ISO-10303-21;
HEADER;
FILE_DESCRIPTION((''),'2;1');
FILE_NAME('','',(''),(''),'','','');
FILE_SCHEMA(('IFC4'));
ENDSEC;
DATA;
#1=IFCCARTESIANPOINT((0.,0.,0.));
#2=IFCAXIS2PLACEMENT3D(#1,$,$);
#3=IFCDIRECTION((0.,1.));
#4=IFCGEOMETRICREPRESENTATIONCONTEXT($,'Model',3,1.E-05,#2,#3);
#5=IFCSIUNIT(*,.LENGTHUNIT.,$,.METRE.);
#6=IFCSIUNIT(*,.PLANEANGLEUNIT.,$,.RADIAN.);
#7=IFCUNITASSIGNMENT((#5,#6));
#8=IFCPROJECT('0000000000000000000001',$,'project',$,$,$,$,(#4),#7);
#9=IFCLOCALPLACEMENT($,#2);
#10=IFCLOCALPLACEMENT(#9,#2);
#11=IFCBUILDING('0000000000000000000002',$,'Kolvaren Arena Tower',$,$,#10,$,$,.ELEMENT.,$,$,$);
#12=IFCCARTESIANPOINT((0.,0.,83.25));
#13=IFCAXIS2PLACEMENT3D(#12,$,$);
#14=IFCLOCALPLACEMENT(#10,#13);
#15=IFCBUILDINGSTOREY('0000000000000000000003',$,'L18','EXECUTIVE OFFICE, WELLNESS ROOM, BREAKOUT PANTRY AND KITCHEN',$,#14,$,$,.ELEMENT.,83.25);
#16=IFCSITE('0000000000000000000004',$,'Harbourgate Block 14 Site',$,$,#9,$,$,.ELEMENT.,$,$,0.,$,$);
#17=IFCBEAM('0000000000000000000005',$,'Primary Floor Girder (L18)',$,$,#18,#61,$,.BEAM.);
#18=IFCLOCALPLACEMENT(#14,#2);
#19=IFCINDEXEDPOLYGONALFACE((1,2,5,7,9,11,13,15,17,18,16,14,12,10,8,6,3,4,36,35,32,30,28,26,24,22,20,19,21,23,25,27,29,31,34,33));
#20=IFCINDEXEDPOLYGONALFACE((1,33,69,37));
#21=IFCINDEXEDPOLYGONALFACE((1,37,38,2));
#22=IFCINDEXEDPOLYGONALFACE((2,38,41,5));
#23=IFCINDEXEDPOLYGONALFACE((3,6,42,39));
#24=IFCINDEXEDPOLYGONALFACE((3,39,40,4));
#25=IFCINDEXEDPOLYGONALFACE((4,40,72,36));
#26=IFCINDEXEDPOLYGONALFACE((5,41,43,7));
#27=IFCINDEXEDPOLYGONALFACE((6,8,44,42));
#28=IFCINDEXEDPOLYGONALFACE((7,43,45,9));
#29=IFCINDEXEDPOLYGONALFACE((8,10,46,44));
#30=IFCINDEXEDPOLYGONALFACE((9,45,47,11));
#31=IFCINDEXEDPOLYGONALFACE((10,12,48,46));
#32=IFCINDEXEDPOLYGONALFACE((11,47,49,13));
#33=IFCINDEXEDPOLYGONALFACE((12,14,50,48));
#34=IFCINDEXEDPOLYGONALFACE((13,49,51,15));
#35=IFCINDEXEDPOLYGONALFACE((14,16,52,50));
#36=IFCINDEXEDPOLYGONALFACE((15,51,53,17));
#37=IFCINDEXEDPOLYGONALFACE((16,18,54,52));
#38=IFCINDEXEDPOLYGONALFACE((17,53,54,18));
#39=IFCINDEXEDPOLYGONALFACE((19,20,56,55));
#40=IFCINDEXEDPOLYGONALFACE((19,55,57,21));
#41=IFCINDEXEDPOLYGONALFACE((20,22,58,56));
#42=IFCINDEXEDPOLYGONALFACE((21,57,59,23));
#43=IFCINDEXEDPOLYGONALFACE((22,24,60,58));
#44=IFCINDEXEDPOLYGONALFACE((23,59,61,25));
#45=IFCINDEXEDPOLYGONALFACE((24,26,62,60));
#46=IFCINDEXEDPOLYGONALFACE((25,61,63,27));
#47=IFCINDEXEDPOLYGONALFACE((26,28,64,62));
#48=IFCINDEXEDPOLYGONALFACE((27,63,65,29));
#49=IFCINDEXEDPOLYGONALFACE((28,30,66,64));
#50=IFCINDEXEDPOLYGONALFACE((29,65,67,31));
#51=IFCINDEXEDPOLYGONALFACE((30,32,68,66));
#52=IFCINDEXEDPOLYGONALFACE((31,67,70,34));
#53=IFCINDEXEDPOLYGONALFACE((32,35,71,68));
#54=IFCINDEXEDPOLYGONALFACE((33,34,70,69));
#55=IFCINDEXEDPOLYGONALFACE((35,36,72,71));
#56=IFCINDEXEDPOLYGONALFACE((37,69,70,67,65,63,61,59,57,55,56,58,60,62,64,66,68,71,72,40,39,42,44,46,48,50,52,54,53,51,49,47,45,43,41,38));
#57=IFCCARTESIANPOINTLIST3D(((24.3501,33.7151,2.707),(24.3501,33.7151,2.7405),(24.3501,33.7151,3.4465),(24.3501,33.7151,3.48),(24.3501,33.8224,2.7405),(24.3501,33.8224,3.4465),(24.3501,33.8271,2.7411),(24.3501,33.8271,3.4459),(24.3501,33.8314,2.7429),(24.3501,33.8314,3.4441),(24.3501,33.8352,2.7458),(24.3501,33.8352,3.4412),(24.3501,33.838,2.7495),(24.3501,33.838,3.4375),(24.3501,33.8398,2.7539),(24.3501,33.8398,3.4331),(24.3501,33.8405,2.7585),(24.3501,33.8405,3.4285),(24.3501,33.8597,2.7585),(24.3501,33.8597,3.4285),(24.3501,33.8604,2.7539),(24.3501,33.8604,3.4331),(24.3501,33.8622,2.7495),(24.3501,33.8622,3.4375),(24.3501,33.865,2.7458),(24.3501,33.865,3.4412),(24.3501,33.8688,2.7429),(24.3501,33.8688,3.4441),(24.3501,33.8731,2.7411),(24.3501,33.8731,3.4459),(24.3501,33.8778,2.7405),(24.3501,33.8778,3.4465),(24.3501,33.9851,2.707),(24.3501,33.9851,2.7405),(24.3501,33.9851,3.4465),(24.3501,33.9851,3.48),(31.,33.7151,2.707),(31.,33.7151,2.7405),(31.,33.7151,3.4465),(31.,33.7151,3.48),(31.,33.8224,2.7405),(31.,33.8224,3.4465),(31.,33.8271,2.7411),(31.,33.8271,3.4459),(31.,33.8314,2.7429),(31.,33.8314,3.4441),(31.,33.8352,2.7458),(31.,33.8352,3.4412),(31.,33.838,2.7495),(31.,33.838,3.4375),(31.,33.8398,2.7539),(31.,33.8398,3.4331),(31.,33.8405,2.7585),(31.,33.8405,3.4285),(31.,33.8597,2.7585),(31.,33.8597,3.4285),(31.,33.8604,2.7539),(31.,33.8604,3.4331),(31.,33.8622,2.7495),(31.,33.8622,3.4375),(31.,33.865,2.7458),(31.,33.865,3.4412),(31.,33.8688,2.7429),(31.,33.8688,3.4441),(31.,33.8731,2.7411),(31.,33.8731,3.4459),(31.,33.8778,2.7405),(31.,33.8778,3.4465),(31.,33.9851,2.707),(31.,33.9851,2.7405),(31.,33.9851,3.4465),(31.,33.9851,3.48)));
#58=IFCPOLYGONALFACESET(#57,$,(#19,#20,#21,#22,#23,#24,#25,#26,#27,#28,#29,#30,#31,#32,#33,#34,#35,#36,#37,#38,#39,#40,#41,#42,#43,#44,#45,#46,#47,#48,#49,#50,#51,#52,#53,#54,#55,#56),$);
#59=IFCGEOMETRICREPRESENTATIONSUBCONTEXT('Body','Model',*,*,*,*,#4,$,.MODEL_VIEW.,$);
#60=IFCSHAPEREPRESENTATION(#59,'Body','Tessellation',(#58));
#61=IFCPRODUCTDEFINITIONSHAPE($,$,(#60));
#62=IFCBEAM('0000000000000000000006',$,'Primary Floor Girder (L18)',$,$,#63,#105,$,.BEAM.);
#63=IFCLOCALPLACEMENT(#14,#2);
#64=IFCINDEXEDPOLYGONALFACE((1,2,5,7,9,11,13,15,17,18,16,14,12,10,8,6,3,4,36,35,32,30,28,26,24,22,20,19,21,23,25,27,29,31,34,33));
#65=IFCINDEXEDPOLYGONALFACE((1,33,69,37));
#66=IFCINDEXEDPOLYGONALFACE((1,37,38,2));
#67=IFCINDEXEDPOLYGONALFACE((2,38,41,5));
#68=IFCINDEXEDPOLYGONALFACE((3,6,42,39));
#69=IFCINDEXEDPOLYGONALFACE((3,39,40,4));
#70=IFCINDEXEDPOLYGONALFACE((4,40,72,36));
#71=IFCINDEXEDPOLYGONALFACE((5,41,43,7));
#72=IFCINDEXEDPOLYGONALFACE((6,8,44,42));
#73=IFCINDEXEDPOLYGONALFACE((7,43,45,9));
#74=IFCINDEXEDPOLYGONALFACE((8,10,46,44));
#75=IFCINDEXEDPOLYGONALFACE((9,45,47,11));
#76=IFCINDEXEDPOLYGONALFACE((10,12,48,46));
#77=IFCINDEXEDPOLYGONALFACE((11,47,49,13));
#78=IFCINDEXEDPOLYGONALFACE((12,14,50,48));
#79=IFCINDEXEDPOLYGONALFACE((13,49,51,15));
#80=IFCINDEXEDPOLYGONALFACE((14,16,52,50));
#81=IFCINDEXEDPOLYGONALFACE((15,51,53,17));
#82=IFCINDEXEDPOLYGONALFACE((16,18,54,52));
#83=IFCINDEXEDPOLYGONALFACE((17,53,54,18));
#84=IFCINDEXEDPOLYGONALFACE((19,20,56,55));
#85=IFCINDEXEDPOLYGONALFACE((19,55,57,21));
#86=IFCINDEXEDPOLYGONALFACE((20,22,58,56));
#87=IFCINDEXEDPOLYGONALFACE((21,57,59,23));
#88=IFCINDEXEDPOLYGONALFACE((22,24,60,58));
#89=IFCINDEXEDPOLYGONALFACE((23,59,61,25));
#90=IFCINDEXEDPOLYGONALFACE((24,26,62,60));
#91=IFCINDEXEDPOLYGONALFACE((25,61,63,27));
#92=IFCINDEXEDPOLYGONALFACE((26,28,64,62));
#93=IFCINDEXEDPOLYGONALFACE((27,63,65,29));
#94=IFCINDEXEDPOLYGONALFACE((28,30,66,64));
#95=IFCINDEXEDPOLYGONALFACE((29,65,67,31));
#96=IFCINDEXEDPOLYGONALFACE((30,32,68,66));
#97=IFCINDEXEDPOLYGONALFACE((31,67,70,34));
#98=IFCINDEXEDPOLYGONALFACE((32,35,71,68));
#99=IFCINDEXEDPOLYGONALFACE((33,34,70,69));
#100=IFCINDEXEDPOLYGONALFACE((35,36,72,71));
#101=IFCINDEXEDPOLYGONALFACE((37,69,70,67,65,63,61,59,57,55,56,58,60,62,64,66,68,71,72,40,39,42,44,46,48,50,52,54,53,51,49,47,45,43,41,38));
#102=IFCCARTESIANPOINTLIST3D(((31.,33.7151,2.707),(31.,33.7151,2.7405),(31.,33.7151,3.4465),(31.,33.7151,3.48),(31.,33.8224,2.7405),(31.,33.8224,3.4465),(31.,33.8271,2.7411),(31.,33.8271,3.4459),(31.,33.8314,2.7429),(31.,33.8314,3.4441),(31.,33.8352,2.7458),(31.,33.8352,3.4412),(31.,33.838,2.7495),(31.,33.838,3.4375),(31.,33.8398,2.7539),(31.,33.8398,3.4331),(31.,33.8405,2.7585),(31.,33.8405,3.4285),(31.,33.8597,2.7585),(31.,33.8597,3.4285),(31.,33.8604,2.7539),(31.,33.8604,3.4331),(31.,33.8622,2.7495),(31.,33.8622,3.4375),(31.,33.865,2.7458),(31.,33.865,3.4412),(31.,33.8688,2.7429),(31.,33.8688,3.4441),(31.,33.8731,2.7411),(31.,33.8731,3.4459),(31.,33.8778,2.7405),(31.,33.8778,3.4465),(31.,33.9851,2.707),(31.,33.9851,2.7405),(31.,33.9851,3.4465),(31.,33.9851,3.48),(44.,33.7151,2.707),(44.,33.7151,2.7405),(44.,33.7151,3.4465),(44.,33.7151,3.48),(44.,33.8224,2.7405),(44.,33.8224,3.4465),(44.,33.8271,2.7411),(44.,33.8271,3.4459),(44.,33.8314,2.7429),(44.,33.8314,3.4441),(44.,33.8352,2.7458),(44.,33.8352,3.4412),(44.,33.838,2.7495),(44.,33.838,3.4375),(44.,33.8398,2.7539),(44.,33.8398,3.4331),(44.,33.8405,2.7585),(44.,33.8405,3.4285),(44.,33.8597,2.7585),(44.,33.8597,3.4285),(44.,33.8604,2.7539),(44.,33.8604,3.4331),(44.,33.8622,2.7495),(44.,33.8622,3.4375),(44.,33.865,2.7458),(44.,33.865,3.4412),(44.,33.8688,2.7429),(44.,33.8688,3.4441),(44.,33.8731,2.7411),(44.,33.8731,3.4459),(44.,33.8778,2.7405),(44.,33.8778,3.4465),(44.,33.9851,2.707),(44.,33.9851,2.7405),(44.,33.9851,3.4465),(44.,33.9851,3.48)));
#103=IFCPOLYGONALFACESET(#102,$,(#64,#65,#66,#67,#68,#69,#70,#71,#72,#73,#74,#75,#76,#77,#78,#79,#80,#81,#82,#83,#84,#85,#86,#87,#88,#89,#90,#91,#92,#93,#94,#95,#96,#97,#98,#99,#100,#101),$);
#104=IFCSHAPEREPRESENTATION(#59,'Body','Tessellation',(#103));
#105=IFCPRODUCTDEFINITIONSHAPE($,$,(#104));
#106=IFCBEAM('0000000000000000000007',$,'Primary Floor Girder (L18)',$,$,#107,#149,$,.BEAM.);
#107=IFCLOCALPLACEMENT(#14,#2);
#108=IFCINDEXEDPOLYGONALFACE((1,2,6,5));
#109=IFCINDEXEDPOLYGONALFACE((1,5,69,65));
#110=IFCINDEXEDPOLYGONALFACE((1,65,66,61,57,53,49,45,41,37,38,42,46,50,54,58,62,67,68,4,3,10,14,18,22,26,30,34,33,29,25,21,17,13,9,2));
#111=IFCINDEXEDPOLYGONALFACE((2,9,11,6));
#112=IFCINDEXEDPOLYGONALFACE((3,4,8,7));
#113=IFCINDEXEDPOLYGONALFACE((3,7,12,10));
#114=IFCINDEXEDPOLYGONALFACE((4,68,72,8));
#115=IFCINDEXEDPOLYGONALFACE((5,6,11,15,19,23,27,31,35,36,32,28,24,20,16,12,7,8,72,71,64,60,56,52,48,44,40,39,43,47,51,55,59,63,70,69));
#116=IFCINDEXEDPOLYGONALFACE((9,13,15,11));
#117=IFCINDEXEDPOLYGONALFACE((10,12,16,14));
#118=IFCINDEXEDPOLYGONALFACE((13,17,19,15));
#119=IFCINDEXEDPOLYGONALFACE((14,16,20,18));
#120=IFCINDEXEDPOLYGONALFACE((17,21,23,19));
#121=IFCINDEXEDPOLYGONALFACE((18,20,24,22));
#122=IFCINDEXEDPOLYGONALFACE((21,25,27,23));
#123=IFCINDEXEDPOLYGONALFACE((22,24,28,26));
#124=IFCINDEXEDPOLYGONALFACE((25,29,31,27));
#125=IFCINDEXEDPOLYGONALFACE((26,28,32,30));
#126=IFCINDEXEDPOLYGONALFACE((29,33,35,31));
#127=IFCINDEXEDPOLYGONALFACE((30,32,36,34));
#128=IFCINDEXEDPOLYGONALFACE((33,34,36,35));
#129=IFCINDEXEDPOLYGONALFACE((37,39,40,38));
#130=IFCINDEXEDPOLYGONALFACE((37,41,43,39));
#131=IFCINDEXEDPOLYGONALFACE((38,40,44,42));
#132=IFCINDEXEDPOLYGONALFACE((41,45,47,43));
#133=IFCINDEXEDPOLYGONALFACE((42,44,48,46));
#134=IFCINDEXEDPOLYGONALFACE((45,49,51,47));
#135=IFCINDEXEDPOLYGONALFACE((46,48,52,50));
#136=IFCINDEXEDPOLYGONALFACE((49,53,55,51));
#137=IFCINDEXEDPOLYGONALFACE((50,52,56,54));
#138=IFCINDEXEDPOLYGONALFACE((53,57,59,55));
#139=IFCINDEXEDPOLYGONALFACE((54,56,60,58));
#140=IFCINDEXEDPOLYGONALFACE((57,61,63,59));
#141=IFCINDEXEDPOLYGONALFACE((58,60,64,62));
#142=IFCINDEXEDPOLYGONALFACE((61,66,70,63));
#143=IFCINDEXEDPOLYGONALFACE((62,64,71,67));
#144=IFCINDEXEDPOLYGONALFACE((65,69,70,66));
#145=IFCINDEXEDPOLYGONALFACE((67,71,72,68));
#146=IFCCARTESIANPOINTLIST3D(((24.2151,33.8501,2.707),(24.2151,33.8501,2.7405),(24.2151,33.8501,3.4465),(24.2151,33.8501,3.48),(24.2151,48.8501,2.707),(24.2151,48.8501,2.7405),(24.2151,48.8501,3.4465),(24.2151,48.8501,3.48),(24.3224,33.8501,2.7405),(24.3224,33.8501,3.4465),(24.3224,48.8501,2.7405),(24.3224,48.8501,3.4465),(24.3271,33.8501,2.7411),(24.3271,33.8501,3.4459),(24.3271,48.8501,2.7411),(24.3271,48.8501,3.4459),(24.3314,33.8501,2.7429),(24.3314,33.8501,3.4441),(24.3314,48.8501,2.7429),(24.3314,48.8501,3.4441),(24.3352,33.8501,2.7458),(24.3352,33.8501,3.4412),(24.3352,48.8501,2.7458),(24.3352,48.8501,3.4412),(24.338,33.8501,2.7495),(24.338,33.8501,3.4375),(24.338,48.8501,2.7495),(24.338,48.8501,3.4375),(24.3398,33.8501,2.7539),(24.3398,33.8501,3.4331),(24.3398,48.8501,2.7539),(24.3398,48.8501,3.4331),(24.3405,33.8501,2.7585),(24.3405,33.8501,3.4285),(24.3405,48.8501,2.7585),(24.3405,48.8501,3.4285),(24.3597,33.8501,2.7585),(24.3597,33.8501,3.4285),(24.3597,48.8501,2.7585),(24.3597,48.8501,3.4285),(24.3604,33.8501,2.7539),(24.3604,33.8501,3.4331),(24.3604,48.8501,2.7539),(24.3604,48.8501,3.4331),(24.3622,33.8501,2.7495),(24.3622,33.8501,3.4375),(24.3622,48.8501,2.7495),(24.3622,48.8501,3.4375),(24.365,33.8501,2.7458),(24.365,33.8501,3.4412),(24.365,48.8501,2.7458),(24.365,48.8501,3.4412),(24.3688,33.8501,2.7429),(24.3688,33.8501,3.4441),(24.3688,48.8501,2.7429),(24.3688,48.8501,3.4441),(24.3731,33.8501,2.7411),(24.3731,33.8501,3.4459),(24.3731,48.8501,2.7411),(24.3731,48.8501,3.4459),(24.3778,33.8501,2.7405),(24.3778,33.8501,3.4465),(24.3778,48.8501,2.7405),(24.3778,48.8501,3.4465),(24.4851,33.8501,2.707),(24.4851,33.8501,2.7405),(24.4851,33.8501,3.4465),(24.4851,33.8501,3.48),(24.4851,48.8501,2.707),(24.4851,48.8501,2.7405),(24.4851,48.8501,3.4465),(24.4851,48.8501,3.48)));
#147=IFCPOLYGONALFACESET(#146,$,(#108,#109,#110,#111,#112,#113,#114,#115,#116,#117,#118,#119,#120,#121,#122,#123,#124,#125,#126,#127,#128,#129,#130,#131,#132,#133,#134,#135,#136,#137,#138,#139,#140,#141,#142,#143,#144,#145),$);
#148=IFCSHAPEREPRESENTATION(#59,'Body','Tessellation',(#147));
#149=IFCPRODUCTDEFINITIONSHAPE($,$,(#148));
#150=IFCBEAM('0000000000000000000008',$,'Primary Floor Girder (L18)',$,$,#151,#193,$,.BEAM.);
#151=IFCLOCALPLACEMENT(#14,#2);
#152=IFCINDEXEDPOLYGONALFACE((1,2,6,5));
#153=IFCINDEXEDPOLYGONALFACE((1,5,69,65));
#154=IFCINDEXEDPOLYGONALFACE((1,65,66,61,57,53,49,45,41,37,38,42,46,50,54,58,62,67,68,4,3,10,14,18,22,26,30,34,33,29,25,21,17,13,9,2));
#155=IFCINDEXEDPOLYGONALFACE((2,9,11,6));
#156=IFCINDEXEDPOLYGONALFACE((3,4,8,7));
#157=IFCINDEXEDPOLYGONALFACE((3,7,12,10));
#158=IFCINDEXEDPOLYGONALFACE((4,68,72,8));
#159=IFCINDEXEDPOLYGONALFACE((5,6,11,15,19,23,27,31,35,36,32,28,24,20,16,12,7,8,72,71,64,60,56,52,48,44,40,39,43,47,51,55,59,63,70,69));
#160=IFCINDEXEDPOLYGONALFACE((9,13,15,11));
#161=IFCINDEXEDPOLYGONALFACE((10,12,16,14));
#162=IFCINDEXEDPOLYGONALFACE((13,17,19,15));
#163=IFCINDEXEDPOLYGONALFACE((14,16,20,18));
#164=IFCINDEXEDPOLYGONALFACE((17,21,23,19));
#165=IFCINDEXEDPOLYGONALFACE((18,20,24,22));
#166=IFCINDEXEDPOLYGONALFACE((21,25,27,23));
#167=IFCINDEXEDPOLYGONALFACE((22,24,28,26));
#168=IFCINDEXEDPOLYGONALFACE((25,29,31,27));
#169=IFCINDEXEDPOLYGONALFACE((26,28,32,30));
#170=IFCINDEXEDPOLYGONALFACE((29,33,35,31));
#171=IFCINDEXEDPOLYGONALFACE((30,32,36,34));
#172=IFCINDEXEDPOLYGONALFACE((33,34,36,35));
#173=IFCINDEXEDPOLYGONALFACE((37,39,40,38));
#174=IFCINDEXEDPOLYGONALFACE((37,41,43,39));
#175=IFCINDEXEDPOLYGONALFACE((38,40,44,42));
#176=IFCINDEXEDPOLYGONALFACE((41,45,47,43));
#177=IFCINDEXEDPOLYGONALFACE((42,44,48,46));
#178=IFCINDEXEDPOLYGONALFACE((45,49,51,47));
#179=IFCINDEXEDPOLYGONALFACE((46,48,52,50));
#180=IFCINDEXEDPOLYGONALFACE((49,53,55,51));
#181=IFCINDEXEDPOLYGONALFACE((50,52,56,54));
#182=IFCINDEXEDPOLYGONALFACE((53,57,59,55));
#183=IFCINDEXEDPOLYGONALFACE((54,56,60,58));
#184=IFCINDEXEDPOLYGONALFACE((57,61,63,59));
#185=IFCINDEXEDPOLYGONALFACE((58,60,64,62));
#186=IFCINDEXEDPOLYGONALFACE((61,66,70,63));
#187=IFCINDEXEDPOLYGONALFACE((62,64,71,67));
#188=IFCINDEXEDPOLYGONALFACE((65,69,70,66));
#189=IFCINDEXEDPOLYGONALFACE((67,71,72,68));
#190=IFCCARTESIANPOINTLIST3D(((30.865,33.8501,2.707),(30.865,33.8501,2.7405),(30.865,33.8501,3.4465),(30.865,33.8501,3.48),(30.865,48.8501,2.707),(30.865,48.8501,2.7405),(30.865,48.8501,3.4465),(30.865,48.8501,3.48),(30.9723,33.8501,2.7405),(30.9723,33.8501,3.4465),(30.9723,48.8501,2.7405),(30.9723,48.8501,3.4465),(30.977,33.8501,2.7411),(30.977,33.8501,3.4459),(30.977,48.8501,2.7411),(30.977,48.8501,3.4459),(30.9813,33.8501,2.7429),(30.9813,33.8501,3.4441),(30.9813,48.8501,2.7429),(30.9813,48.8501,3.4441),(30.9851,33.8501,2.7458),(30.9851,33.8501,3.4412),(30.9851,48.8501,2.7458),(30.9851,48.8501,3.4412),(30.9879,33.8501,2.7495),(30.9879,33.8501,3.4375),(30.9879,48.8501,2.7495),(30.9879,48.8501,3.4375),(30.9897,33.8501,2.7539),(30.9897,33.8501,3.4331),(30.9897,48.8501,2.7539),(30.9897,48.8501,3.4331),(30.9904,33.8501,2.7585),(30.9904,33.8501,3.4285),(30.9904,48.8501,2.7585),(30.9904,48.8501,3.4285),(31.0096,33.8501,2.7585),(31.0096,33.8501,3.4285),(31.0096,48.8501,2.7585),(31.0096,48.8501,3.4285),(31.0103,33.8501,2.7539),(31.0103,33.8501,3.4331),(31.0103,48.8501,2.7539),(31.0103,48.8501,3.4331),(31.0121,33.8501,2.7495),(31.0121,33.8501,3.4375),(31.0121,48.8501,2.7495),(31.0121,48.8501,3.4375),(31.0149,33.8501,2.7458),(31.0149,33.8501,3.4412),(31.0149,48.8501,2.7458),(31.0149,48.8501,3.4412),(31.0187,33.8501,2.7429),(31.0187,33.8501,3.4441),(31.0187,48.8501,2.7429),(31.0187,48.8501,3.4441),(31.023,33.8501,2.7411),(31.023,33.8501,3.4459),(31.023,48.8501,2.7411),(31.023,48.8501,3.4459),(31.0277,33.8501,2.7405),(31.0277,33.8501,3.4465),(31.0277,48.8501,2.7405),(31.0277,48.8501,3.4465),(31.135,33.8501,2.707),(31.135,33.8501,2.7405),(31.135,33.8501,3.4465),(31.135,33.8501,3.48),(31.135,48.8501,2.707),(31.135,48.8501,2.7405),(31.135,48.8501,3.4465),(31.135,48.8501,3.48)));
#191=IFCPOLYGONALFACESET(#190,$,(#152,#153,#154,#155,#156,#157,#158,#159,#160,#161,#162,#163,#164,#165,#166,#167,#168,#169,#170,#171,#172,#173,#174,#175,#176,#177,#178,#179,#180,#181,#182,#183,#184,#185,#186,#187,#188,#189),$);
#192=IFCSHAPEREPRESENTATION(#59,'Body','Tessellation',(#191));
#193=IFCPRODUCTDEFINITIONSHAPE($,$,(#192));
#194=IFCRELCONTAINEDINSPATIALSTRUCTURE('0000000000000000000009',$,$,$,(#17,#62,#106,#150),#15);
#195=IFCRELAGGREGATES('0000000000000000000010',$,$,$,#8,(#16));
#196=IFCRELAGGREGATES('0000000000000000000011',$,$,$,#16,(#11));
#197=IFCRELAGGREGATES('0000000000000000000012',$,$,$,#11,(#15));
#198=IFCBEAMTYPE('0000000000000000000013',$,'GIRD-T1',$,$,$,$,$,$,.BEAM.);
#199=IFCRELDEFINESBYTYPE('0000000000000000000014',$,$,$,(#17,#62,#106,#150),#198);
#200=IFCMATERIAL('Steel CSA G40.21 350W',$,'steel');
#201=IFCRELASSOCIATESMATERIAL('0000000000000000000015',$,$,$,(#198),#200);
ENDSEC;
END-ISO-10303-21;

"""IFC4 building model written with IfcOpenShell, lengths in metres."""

from ifc_helpers import new_model, si_unit, direction, frame, origin, origin_2d, place, context, subcontext, project, spatial, i_section, extrude, material, material_profile, profile_set, type_object, element, save


model = new_model("IFC4")

# Units and contexts
model_context = context("Model", 3, precision=1e-05, world=origin(), true_north=direction((0.0, 1.0)))
body_context = subcontext(model_context, "Body", "Model", "MODEL_VIEW")
ifc_project = project(units=[si_unit("LENGTHUNIT", "METRE"), si_unit("PLANEANGLEUNIT", "RADIAN")], contexts=[model_context])

# Site, building, storey
site_placement = place(None, origin())
site = spatial("IfcSite", under=ifc_project, at=site_placement, Name="Harbourgate Block 14 Site", CompositionType="ELEMENT", RefElevation=0.0)
building_placement = place(site_placement, origin())
building = spatial("IfcBuilding", under=site, at=building_placement, Name="Kolvaren Arena Tower", CompositionType="ELEMENT")
storey_placement = place(building_placement, frame((0.0, 0.0, 83.25)))
storey = spatial("IfcBuildingStorey", under=building, at=storey_placement, Name="L18", Description="EXECUTIVE OFFICE, WELLNESS ROOM, BREAKOUT PANTRY AND KITCHEN", CompositionType="ELEMENT", Elevation=83.25)

# Beams
ifc_material_1 = material(Name="Steel CSA G40.21 350W", Category="steel")
ifc_material_profile_1 = material_profile(ifc_material_1, i_section(OverallWidth=0.27, OverallDepth=0.7729, WebThickness=0.0193, FlangeThickness=0.0334, FilletRadius=0.0181, at=origin_2d()), Name="W760x257")
ifc_profile_set_1 = profile_set([ifc_material_profile_1], Name="Steel CSA G40.21 350W")
beam_type_1 = type_object("IfcBeamType", Name="GIRD-T1", PredefinedType="BEAM", material=ifc_profile_set_1)
beam_1_placement = place(storey_placement, frame((24.3501, 33.8501, 3.0935), z_axis=(1.0, 0.0, 0.0), x_axis=(0.0, 1.0, 0.0)))
element("IfcBeam", 1, at=beam_1_placement, inside=storey, type_object=beam_type_1, Name="Primary Floor Girder (L18)", PredefinedType="BEAM", context=body_context, shape_type="SweptSolid", body=[
    extrude(i_section(OverallWidth=0.27, OverallDepth=0.7729, WebThickness=0.0193, FlangeThickness=0.0334, FilletRadius=0.0181, at=origin_2d()), origin(), (0.0, 0.0, 1.0), 6.6499),
])
beam_2_placement = place(storey_placement, frame((31.0, 33.8501, 3.0935), z_axis=(1.0, 0.0, 0.0), x_axis=(0.0, 1.0, 0.0)))
element("IfcBeam", 2, at=beam_2_placement, inside=storey, type_object=beam_type_1, Name="Primary Floor Girder (L18)", PredefinedType="BEAM", context=body_context, shape_type="SweptSolid", body=[
    extrude(i_section(OverallWidth=0.27, OverallDepth=0.7729, WebThickness=0.0193, FlangeThickness=0.0334, FilletRadius=0.0181, at=origin_2d()), origin(), (0.0, 0.0, 1.0), 13.0),
])
for number, where, z_axis, x_axis, name in (
    (3, (24.3501, 33.8501, 3.0935), (0.0, 1.0, 0.0), (-1.0, 0.0, 0.0), "Primary Floor Girder (L18)"),
    (4, (31.0, 33.8501, 3.0935), (0.0, 1.0, 0.0), (-1.0, 0.0, 0.0), "Primary Floor Girder (L18)"),
):
    element("IfcBeam", number, at=place(storey_placement, frame(where, z_axis=z_axis, x_axis=x_axis)), inside=storey, type_object=beam_type_1, Name=name, PredefinedType="BEAM", context=body_context, shape_type="SweptSolid", body=[
        extrude(i_section(OverallWidth=0.27, OverallDepth=0.7729, WebThickness=0.0193, FlangeThickness=0.0334, FilletRadius=0.0181, at=origin_2d()), origin(), (0.0, 0.0, 1.0), 15.0),
    ])

save(model, "model.ifc")
